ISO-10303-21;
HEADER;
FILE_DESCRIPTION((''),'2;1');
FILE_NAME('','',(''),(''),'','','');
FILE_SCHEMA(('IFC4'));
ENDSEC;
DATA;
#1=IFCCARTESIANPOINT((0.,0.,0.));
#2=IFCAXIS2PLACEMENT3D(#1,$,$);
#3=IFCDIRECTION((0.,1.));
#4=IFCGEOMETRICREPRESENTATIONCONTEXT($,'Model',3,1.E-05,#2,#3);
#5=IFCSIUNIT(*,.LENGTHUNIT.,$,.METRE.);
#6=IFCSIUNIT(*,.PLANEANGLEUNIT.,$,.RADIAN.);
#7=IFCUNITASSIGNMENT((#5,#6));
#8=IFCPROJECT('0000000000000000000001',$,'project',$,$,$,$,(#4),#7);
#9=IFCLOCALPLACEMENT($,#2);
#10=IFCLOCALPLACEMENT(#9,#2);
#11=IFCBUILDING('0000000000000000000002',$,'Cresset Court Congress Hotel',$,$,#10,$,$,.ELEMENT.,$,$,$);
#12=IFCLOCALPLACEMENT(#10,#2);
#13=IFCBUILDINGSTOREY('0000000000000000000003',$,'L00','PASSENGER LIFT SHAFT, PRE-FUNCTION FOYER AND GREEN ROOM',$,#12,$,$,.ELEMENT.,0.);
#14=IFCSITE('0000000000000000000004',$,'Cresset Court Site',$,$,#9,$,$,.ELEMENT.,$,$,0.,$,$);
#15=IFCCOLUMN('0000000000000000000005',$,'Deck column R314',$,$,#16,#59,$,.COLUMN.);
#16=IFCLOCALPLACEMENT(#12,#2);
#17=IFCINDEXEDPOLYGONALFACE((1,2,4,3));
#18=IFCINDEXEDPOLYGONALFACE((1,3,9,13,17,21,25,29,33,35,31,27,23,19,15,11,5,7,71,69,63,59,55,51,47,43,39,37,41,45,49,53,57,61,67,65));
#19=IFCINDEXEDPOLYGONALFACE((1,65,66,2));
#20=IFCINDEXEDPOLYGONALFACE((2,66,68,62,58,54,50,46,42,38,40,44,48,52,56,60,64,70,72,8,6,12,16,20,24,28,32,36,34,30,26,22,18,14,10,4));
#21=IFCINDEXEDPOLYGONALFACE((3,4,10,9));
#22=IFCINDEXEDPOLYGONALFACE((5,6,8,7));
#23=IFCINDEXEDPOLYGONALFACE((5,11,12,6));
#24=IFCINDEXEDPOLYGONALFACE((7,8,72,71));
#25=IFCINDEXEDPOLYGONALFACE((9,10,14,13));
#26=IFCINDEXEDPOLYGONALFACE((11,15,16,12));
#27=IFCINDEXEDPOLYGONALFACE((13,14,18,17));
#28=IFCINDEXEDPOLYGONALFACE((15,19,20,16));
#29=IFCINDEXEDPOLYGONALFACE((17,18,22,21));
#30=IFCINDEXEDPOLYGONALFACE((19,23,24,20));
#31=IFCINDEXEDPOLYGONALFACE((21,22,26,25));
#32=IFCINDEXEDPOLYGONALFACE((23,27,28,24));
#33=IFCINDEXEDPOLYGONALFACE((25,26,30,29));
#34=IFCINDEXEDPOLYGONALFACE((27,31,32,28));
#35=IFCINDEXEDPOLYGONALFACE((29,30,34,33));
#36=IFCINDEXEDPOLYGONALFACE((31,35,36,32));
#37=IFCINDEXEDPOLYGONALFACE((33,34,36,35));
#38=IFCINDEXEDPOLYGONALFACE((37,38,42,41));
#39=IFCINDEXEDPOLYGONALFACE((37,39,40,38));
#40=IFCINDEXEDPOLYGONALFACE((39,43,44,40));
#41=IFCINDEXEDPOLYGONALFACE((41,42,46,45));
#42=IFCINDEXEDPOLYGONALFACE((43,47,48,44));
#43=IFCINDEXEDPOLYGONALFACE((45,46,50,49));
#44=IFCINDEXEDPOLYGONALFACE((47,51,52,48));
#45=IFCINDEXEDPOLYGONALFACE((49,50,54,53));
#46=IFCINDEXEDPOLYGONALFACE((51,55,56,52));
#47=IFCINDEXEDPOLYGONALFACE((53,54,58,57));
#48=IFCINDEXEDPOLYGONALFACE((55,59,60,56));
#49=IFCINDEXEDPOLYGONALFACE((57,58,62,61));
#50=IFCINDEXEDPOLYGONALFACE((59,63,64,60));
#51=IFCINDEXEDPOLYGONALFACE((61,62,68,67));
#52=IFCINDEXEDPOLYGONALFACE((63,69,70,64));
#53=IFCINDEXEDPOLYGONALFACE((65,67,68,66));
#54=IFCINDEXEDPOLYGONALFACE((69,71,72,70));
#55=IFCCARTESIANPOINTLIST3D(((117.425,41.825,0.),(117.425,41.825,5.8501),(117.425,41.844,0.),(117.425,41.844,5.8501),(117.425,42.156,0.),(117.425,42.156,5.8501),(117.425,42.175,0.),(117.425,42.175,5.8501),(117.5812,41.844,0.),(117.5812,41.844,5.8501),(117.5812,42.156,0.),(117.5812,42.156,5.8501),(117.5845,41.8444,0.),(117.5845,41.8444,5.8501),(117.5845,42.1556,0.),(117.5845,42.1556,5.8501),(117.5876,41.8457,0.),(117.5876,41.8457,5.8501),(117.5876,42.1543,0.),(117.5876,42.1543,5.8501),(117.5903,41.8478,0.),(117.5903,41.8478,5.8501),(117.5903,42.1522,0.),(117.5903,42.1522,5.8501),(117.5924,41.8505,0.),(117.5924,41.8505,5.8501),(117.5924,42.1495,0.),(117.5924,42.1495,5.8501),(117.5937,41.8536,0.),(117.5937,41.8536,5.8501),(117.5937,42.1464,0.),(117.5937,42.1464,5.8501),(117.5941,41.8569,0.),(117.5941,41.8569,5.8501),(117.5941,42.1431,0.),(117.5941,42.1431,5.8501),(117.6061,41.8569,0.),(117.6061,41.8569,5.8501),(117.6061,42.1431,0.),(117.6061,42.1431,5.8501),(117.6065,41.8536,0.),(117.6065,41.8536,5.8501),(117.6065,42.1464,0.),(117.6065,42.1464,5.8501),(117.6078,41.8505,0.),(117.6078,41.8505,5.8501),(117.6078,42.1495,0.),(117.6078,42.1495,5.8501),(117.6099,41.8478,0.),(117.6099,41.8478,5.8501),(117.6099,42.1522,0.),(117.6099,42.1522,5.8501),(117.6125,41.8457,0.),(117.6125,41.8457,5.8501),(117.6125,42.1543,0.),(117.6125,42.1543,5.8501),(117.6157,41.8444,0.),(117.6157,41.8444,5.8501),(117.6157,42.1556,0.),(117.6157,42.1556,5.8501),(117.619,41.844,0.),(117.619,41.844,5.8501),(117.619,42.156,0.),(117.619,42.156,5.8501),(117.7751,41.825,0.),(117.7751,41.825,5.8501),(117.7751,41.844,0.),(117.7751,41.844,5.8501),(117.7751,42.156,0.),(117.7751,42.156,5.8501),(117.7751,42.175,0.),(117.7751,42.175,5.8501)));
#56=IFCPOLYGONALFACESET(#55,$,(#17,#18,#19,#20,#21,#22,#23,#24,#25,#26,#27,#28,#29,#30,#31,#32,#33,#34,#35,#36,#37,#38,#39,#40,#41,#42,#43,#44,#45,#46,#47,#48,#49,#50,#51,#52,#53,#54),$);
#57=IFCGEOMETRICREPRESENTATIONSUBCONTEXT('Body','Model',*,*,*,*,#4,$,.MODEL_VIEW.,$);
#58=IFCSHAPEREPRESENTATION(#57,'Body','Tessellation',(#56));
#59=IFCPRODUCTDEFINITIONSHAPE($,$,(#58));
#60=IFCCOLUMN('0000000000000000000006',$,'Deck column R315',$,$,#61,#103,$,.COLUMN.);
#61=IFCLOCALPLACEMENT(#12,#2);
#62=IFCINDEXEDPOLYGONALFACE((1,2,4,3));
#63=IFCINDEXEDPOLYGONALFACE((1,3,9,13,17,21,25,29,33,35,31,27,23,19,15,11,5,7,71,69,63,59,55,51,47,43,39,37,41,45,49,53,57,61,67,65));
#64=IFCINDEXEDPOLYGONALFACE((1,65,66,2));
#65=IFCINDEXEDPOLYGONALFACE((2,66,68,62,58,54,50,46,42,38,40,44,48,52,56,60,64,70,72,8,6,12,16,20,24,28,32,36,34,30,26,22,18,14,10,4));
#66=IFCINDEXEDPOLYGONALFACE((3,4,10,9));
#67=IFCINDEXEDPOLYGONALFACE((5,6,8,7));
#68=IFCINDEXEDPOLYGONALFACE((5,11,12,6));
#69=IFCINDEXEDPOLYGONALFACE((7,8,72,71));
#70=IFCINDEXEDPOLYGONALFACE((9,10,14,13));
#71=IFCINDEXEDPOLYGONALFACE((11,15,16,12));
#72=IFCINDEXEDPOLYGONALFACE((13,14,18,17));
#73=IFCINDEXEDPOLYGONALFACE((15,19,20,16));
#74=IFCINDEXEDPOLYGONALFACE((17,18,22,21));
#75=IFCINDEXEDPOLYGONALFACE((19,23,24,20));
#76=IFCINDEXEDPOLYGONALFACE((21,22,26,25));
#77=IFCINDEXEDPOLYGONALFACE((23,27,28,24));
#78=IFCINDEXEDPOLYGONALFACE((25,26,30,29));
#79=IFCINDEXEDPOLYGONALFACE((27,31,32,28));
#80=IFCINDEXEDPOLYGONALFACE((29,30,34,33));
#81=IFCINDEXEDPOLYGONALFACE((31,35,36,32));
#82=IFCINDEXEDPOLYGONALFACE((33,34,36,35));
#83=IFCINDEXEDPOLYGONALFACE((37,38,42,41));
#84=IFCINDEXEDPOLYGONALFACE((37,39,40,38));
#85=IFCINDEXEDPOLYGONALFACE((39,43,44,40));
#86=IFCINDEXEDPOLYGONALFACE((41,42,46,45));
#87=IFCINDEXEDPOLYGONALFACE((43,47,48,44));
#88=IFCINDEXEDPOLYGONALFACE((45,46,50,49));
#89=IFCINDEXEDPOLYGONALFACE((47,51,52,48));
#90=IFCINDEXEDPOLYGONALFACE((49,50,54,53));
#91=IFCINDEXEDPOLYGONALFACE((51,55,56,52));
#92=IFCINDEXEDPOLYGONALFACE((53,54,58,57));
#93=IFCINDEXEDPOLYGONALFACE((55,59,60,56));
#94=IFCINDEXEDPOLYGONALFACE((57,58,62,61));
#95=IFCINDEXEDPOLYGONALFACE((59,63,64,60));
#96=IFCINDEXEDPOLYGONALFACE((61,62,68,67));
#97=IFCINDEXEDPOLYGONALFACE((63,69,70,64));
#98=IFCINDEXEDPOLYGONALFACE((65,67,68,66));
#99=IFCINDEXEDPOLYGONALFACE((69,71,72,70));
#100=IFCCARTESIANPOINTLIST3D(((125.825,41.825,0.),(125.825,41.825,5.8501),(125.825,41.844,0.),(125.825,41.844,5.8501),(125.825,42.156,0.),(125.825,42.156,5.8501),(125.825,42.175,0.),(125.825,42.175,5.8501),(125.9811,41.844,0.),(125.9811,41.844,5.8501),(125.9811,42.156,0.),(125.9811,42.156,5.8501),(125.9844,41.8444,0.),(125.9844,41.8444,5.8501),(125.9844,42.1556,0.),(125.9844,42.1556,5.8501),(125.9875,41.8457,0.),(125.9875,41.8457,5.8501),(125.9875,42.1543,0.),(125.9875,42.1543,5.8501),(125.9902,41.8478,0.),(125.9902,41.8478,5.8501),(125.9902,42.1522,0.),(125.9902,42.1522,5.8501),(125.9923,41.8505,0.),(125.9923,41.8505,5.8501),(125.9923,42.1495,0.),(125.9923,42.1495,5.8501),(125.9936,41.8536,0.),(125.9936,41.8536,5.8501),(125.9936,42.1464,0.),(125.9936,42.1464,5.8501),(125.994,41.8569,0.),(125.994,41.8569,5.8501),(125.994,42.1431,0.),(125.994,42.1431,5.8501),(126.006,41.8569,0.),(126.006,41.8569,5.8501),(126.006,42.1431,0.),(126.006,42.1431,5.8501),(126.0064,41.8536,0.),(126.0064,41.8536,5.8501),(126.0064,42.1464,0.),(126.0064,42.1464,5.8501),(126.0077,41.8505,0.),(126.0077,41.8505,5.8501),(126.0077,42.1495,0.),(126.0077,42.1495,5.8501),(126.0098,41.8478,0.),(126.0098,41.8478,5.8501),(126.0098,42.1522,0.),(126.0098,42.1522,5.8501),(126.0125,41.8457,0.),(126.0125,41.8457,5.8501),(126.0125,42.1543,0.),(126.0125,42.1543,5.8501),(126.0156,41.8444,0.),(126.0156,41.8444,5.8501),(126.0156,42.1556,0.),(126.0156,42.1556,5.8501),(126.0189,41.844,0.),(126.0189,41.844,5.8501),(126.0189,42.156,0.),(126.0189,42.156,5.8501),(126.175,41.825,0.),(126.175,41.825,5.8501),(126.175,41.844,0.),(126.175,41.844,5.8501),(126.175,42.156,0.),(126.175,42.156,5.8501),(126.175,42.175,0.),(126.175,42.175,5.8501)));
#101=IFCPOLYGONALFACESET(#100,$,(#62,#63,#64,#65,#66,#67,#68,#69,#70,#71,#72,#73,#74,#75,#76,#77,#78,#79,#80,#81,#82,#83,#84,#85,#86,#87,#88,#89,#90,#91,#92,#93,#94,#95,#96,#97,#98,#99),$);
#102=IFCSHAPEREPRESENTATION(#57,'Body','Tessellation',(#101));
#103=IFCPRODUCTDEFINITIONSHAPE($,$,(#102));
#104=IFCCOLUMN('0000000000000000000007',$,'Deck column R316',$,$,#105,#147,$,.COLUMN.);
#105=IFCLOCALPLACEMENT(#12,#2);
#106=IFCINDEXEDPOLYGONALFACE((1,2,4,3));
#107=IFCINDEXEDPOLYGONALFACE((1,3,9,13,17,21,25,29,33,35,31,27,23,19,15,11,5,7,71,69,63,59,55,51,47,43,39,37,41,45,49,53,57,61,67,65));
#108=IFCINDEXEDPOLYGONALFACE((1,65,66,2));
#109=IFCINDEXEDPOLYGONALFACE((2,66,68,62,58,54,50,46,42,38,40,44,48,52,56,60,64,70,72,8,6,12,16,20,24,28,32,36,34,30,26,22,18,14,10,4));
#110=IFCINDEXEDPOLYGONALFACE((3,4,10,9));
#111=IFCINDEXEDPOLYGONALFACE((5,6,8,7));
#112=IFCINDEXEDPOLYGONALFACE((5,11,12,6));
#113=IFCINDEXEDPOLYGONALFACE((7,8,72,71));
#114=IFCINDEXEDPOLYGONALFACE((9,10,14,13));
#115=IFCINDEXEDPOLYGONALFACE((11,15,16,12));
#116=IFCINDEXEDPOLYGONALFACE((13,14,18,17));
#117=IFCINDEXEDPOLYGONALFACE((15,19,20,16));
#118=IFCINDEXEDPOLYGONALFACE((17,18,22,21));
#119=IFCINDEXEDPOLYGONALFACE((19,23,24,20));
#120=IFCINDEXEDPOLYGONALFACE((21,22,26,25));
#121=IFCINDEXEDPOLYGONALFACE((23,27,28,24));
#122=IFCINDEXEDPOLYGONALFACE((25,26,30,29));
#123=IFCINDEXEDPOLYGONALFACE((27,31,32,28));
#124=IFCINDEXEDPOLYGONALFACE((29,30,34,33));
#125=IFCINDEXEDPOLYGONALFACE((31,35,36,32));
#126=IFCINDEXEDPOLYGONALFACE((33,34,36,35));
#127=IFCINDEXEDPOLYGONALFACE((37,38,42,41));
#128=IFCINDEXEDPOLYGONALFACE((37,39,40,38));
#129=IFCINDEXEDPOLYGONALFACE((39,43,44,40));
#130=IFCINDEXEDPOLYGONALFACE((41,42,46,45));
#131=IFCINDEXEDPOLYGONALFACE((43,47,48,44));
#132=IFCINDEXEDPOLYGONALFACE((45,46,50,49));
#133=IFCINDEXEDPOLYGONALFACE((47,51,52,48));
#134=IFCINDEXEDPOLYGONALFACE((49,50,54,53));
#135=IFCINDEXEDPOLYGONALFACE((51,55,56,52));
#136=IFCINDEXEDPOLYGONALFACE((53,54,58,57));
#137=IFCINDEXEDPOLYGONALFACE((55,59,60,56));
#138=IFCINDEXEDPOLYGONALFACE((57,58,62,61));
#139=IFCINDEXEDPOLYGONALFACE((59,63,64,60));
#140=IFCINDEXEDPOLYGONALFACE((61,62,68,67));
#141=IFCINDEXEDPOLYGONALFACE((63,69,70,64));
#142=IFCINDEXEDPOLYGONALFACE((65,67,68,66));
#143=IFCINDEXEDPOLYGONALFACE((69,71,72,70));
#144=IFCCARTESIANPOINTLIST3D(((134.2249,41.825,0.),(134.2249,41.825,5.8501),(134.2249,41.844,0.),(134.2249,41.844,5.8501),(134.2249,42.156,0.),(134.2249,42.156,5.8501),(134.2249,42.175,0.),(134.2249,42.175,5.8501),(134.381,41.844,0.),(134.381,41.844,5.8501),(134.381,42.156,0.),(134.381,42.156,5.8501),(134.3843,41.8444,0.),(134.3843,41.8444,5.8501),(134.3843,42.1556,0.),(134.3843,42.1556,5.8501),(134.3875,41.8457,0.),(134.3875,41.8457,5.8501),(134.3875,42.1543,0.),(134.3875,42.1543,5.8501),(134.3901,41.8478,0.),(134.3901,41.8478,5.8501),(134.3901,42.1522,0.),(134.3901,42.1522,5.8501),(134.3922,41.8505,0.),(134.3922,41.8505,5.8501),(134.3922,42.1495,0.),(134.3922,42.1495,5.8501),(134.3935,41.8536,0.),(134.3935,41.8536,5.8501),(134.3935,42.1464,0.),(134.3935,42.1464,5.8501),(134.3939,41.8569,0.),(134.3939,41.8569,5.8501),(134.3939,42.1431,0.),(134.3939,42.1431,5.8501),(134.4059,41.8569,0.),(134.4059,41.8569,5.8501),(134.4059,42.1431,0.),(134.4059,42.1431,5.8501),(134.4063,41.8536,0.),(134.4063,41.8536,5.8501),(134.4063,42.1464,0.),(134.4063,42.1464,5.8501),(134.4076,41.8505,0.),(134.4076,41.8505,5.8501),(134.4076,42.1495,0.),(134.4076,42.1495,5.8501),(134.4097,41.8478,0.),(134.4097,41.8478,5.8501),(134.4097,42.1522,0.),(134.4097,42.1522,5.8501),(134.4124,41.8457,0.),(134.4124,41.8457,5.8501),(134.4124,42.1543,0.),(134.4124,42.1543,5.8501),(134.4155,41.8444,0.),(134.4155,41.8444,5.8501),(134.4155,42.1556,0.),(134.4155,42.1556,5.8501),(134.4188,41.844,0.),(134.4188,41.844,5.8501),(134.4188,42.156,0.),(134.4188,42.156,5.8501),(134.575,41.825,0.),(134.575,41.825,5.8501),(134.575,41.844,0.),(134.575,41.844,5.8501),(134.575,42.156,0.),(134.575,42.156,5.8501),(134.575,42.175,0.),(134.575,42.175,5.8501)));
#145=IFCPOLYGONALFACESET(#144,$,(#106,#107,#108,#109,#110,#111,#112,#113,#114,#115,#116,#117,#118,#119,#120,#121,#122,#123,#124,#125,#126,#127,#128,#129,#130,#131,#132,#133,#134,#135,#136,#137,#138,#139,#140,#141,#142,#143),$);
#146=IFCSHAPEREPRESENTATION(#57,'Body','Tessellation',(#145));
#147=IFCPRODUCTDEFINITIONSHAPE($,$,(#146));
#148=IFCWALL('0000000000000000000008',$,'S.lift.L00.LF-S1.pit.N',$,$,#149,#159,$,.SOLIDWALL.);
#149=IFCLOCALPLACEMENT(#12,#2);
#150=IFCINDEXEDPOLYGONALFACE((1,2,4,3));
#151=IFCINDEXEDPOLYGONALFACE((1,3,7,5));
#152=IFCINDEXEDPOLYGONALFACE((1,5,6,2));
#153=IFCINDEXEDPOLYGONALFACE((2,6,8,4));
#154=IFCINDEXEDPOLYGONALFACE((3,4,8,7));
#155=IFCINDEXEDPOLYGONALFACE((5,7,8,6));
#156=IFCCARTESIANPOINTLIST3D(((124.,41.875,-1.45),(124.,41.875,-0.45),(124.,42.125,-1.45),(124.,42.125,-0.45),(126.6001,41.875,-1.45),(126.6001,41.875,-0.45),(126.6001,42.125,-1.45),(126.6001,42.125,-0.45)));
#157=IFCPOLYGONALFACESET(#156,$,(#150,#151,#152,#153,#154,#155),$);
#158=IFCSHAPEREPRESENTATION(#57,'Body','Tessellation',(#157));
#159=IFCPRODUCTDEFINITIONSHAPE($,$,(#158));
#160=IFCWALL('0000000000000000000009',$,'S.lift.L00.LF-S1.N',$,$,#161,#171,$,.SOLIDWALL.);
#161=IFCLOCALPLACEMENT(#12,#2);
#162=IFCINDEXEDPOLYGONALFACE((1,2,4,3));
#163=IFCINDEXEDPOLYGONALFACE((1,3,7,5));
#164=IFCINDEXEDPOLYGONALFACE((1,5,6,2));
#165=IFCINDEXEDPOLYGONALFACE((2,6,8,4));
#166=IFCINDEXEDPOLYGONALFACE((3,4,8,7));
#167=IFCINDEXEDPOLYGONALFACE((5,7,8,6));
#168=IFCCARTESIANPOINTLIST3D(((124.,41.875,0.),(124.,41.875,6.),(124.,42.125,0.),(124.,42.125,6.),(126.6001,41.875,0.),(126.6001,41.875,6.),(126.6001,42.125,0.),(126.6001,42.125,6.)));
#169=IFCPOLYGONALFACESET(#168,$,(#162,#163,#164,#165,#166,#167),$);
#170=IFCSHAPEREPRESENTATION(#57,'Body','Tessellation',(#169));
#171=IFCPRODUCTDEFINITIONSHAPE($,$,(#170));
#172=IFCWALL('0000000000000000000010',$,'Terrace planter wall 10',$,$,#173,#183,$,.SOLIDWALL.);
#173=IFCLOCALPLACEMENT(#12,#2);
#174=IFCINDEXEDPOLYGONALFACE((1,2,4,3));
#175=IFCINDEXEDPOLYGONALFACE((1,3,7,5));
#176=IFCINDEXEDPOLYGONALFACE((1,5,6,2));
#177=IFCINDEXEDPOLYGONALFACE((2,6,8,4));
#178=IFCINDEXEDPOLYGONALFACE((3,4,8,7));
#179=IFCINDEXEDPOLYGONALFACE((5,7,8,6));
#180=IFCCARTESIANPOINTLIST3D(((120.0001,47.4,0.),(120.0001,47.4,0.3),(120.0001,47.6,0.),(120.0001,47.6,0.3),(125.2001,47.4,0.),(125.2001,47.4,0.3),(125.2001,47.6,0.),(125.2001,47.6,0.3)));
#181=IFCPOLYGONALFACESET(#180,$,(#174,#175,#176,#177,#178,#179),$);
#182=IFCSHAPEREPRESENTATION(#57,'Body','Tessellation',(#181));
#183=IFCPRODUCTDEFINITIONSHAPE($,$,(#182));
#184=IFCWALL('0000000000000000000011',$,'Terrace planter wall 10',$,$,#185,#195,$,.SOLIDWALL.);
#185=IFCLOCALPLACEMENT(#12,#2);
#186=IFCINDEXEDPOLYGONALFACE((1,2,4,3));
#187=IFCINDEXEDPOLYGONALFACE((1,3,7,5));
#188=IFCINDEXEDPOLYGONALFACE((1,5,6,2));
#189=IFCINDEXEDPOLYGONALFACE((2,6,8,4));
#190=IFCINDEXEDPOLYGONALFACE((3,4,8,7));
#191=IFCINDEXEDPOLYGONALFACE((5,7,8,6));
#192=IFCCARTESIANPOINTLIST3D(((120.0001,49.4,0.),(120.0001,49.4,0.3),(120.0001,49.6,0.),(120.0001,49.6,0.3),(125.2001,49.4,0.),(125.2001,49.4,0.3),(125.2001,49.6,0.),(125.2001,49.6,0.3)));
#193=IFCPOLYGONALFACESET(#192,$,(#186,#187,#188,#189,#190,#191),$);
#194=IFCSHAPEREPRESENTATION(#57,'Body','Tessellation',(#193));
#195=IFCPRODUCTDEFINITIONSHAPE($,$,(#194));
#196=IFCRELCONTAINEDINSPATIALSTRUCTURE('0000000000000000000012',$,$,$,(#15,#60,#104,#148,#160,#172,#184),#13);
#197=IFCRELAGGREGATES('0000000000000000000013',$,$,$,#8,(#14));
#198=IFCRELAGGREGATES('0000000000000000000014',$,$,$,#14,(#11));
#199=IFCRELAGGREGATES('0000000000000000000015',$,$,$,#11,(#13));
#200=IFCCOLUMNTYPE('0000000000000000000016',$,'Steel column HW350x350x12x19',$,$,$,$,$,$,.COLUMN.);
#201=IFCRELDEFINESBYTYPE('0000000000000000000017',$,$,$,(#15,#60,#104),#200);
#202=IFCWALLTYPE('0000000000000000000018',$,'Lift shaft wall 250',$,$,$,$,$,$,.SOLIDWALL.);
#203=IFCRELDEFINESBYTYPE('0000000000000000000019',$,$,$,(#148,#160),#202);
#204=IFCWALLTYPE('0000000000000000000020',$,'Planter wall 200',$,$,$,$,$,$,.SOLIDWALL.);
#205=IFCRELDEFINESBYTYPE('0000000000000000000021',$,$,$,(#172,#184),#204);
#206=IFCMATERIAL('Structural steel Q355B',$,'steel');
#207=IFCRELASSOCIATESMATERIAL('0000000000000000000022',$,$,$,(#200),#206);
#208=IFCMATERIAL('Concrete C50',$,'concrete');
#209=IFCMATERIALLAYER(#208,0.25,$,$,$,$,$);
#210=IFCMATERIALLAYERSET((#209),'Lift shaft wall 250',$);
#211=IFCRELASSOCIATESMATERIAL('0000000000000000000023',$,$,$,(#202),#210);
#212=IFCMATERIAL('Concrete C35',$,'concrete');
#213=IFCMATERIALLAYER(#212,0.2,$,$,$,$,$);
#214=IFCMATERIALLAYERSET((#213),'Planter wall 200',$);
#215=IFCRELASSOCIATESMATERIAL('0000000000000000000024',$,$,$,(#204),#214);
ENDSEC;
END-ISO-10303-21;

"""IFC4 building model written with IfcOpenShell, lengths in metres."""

from ifc_helpers import new_model, si_unit, direction, frame, frame_2d, origin, origin_2d, place, context, subcontext, project, spatial, rectangle, i_section, extrude, material, layer, layer_set, material_profile, profile_set, type_object, element, save


model = new_model("IFC4")

# Units and contexts
model_context = context("Model", 3, precision=1e-05, world=origin(), true_north=direction((0.0, 1.0)))
body_context = subcontext(model_context, "Body", "Model", "MODEL_VIEW")
ifc_project = project(units=[si_unit("LENGTHUNIT", "METRE"), si_unit("PLANEANGLEUNIT", "RADIAN")], contexts=[model_context])

# Site, building, storey
site_placement = place(None, origin())
site = spatial("IfcSite", under=ifc_project, at=site_placement, Name="Cresset Court Site", CompositionType="ELEMENT", RefElevation=0.0)
building_placement = place(site_placement, origin())
building = spatial("IfcBuilding", under=site, at=building_placement, Name="Cresset Court Congress Hotel", CompositionType="ELEMENT")
storey_placement = place(building_placement, origin())
storey = spatial("IfcBuildingStorey", under=building, at=storey_placement, Name="L00", Description="PASSENGER LIFT SHAFT, PRE-FUNCTION FOYER AND GREEN ROOM", CompositionType="ELEMENT", Elevation=0.0)

# Columns
ifc_material_1 = material(Name="Structural steel Q355B", Category="steel")
ifc_material_profile_1 = material_profile(ifc_material_1, i_section(OverallWidth=0.3501, OverallDepth=0.3501, WebThickness=0.012, FlangeThickness=0.019, FilletRadius=0.0129, at=origin_2d()), Name="HW350x350x12x19")
ifc_profile_set_1 = profile_set([ifc_material_profile_1], Name="Structural steel Q355B")
column_type_1 = type_object("IfcColumnType", Name="Steel column HW350x350x12x19", PredefinedType="COLUMN", material=ifc_profile_set_1)
for number, where, z_axis, x_axis, name in (
    (1, (117.6001, 42.0, 0.0), (0.0, 0.0, 1.0), (1.0, 0.0, 0.0), "Deck column R314"),
    (2, (126.0, 42.0, 0.0), (0.0, 0.0, 1.0), (1.0, 0.0, 0.0), "Deck column R315"),
    (3, (134.3999, 42.0, 0.0), (0.0, 0.0, 1.0), (1.0, 0.0, 0.0), "Deck column R316"),
):
    element("IfcColumn", number, at=place(storey_placement, frame(where, z_axis=z_axis, x_axis=x_axis)), inside=storey, type_object=column_type_1, Name=name, PredefinedType="COLUMN", context=body_context, shape_type="SweptSolid", body=[
        extrude(i_section(OverallWidth=0.3501, OverallDepth=0.3501, WebThickness=0.012, FlangeThickness=0.019, FilletRadius=0.0129, at=origin_2d()), origin(), (0.0, 0.0, 1.0), 5.8501),
    ])

# Walls
ifc_material_2 = material(Name="Concrete C50", Category="concrete")
ifc_layer_1 = layer(ifc_material_2, 0.25)
ifc_layer_set_1 = layer_set([ifc_layer_1], Name="Lift shaft wall 250")
wall_type_1 = type_object("IfcWallType", Name="Lift shaft wall 250", PredefinedType="SOLIDWALL", material=ifc_layer_set_1)
wall_1_placement = place(storey_placement, frame((124.0, 42.0, -1.45), z_axis=(0.0, 0.0, 1.0), x_axis=(1.0, 0.0, 0.0)))
element("IfcWall", 4, at=wall_1_placement, inside=storey, type_object=wall_type_1, Name="S.lift.L00.LF-S1.pit.N", PredefinedType="SOLIDWALL", context=body_context, shape_type="SweptSolid", body=[
    extrude(rectangle(XDim=2.6001, YDim=0.25, at=frame_2d((1.3, 0.0))), origin(), (0.0, 0.0, 1.0), 1.0),
])
wall_2_placement = place(storey_placement, frame((124.0, 42.0, 0.0), z_axis=(0.0, 0.0, 1.0), x_axis=(1.0, 0.0, 0.0)))
element("IfcWall", 5, at=wall_2_placement, inside=storey, type_object=wall_type_1, Name="S.lift.L00.LF-S1.N", PredefinedType="SOLIDWALL", context=body_context, shape_type="SweptSolid", body=[
    extrude(rectangle(XDim=2.6001, YDim=0.25, at=frame_2d((1.3, 0.0))), origin(), (0.0, 0.0, 1.0), 6.0),
])
ifc_material_3 = material(Name="Concrete C35", Category="concrete")
ifc_layer_2 = layer(ifc_material_3, 0.2)
ifc_layer_set_2 = layer_set([ifc_layer_2], Name="Planter wall 200")
wall_type_2 = type_object("IfcWallType", Name="Planter wall 200", PredefinedType="SOLIDWALL", material=ifc_layer_set_2)
for number, where, z_axis, x_axis, name in (
    (6, (120.0, 47.5, 0.0), (0.0, 0.0, 1.0), (1.0, 0.0, 0.0), "Terrace planter wall 10"),
    (7, (120.0, 49.5, 0.0), (0.0, 0.0, 1.0), (1.0, 0.0, 0.0), "Terrace planter wall 10"),
):
    element("IfcWall", number, at=place(storey_placement, frame(where, z_axis=z_axis, x_axis=x_axis)), inside=storey, type_object=wall_type_2, Name=name, PredefinedType="SOLIDWALL", context=body_context, shape_type="SweptSolid", body=[
        extrude(rectangle(XDim=5.2, YDim=0.2, at=frame_2d((2.6001, 0.0))), origin(), (0.0, 0.0, 1.0), 0.3),
    ])

save(model, "model.ifc")
